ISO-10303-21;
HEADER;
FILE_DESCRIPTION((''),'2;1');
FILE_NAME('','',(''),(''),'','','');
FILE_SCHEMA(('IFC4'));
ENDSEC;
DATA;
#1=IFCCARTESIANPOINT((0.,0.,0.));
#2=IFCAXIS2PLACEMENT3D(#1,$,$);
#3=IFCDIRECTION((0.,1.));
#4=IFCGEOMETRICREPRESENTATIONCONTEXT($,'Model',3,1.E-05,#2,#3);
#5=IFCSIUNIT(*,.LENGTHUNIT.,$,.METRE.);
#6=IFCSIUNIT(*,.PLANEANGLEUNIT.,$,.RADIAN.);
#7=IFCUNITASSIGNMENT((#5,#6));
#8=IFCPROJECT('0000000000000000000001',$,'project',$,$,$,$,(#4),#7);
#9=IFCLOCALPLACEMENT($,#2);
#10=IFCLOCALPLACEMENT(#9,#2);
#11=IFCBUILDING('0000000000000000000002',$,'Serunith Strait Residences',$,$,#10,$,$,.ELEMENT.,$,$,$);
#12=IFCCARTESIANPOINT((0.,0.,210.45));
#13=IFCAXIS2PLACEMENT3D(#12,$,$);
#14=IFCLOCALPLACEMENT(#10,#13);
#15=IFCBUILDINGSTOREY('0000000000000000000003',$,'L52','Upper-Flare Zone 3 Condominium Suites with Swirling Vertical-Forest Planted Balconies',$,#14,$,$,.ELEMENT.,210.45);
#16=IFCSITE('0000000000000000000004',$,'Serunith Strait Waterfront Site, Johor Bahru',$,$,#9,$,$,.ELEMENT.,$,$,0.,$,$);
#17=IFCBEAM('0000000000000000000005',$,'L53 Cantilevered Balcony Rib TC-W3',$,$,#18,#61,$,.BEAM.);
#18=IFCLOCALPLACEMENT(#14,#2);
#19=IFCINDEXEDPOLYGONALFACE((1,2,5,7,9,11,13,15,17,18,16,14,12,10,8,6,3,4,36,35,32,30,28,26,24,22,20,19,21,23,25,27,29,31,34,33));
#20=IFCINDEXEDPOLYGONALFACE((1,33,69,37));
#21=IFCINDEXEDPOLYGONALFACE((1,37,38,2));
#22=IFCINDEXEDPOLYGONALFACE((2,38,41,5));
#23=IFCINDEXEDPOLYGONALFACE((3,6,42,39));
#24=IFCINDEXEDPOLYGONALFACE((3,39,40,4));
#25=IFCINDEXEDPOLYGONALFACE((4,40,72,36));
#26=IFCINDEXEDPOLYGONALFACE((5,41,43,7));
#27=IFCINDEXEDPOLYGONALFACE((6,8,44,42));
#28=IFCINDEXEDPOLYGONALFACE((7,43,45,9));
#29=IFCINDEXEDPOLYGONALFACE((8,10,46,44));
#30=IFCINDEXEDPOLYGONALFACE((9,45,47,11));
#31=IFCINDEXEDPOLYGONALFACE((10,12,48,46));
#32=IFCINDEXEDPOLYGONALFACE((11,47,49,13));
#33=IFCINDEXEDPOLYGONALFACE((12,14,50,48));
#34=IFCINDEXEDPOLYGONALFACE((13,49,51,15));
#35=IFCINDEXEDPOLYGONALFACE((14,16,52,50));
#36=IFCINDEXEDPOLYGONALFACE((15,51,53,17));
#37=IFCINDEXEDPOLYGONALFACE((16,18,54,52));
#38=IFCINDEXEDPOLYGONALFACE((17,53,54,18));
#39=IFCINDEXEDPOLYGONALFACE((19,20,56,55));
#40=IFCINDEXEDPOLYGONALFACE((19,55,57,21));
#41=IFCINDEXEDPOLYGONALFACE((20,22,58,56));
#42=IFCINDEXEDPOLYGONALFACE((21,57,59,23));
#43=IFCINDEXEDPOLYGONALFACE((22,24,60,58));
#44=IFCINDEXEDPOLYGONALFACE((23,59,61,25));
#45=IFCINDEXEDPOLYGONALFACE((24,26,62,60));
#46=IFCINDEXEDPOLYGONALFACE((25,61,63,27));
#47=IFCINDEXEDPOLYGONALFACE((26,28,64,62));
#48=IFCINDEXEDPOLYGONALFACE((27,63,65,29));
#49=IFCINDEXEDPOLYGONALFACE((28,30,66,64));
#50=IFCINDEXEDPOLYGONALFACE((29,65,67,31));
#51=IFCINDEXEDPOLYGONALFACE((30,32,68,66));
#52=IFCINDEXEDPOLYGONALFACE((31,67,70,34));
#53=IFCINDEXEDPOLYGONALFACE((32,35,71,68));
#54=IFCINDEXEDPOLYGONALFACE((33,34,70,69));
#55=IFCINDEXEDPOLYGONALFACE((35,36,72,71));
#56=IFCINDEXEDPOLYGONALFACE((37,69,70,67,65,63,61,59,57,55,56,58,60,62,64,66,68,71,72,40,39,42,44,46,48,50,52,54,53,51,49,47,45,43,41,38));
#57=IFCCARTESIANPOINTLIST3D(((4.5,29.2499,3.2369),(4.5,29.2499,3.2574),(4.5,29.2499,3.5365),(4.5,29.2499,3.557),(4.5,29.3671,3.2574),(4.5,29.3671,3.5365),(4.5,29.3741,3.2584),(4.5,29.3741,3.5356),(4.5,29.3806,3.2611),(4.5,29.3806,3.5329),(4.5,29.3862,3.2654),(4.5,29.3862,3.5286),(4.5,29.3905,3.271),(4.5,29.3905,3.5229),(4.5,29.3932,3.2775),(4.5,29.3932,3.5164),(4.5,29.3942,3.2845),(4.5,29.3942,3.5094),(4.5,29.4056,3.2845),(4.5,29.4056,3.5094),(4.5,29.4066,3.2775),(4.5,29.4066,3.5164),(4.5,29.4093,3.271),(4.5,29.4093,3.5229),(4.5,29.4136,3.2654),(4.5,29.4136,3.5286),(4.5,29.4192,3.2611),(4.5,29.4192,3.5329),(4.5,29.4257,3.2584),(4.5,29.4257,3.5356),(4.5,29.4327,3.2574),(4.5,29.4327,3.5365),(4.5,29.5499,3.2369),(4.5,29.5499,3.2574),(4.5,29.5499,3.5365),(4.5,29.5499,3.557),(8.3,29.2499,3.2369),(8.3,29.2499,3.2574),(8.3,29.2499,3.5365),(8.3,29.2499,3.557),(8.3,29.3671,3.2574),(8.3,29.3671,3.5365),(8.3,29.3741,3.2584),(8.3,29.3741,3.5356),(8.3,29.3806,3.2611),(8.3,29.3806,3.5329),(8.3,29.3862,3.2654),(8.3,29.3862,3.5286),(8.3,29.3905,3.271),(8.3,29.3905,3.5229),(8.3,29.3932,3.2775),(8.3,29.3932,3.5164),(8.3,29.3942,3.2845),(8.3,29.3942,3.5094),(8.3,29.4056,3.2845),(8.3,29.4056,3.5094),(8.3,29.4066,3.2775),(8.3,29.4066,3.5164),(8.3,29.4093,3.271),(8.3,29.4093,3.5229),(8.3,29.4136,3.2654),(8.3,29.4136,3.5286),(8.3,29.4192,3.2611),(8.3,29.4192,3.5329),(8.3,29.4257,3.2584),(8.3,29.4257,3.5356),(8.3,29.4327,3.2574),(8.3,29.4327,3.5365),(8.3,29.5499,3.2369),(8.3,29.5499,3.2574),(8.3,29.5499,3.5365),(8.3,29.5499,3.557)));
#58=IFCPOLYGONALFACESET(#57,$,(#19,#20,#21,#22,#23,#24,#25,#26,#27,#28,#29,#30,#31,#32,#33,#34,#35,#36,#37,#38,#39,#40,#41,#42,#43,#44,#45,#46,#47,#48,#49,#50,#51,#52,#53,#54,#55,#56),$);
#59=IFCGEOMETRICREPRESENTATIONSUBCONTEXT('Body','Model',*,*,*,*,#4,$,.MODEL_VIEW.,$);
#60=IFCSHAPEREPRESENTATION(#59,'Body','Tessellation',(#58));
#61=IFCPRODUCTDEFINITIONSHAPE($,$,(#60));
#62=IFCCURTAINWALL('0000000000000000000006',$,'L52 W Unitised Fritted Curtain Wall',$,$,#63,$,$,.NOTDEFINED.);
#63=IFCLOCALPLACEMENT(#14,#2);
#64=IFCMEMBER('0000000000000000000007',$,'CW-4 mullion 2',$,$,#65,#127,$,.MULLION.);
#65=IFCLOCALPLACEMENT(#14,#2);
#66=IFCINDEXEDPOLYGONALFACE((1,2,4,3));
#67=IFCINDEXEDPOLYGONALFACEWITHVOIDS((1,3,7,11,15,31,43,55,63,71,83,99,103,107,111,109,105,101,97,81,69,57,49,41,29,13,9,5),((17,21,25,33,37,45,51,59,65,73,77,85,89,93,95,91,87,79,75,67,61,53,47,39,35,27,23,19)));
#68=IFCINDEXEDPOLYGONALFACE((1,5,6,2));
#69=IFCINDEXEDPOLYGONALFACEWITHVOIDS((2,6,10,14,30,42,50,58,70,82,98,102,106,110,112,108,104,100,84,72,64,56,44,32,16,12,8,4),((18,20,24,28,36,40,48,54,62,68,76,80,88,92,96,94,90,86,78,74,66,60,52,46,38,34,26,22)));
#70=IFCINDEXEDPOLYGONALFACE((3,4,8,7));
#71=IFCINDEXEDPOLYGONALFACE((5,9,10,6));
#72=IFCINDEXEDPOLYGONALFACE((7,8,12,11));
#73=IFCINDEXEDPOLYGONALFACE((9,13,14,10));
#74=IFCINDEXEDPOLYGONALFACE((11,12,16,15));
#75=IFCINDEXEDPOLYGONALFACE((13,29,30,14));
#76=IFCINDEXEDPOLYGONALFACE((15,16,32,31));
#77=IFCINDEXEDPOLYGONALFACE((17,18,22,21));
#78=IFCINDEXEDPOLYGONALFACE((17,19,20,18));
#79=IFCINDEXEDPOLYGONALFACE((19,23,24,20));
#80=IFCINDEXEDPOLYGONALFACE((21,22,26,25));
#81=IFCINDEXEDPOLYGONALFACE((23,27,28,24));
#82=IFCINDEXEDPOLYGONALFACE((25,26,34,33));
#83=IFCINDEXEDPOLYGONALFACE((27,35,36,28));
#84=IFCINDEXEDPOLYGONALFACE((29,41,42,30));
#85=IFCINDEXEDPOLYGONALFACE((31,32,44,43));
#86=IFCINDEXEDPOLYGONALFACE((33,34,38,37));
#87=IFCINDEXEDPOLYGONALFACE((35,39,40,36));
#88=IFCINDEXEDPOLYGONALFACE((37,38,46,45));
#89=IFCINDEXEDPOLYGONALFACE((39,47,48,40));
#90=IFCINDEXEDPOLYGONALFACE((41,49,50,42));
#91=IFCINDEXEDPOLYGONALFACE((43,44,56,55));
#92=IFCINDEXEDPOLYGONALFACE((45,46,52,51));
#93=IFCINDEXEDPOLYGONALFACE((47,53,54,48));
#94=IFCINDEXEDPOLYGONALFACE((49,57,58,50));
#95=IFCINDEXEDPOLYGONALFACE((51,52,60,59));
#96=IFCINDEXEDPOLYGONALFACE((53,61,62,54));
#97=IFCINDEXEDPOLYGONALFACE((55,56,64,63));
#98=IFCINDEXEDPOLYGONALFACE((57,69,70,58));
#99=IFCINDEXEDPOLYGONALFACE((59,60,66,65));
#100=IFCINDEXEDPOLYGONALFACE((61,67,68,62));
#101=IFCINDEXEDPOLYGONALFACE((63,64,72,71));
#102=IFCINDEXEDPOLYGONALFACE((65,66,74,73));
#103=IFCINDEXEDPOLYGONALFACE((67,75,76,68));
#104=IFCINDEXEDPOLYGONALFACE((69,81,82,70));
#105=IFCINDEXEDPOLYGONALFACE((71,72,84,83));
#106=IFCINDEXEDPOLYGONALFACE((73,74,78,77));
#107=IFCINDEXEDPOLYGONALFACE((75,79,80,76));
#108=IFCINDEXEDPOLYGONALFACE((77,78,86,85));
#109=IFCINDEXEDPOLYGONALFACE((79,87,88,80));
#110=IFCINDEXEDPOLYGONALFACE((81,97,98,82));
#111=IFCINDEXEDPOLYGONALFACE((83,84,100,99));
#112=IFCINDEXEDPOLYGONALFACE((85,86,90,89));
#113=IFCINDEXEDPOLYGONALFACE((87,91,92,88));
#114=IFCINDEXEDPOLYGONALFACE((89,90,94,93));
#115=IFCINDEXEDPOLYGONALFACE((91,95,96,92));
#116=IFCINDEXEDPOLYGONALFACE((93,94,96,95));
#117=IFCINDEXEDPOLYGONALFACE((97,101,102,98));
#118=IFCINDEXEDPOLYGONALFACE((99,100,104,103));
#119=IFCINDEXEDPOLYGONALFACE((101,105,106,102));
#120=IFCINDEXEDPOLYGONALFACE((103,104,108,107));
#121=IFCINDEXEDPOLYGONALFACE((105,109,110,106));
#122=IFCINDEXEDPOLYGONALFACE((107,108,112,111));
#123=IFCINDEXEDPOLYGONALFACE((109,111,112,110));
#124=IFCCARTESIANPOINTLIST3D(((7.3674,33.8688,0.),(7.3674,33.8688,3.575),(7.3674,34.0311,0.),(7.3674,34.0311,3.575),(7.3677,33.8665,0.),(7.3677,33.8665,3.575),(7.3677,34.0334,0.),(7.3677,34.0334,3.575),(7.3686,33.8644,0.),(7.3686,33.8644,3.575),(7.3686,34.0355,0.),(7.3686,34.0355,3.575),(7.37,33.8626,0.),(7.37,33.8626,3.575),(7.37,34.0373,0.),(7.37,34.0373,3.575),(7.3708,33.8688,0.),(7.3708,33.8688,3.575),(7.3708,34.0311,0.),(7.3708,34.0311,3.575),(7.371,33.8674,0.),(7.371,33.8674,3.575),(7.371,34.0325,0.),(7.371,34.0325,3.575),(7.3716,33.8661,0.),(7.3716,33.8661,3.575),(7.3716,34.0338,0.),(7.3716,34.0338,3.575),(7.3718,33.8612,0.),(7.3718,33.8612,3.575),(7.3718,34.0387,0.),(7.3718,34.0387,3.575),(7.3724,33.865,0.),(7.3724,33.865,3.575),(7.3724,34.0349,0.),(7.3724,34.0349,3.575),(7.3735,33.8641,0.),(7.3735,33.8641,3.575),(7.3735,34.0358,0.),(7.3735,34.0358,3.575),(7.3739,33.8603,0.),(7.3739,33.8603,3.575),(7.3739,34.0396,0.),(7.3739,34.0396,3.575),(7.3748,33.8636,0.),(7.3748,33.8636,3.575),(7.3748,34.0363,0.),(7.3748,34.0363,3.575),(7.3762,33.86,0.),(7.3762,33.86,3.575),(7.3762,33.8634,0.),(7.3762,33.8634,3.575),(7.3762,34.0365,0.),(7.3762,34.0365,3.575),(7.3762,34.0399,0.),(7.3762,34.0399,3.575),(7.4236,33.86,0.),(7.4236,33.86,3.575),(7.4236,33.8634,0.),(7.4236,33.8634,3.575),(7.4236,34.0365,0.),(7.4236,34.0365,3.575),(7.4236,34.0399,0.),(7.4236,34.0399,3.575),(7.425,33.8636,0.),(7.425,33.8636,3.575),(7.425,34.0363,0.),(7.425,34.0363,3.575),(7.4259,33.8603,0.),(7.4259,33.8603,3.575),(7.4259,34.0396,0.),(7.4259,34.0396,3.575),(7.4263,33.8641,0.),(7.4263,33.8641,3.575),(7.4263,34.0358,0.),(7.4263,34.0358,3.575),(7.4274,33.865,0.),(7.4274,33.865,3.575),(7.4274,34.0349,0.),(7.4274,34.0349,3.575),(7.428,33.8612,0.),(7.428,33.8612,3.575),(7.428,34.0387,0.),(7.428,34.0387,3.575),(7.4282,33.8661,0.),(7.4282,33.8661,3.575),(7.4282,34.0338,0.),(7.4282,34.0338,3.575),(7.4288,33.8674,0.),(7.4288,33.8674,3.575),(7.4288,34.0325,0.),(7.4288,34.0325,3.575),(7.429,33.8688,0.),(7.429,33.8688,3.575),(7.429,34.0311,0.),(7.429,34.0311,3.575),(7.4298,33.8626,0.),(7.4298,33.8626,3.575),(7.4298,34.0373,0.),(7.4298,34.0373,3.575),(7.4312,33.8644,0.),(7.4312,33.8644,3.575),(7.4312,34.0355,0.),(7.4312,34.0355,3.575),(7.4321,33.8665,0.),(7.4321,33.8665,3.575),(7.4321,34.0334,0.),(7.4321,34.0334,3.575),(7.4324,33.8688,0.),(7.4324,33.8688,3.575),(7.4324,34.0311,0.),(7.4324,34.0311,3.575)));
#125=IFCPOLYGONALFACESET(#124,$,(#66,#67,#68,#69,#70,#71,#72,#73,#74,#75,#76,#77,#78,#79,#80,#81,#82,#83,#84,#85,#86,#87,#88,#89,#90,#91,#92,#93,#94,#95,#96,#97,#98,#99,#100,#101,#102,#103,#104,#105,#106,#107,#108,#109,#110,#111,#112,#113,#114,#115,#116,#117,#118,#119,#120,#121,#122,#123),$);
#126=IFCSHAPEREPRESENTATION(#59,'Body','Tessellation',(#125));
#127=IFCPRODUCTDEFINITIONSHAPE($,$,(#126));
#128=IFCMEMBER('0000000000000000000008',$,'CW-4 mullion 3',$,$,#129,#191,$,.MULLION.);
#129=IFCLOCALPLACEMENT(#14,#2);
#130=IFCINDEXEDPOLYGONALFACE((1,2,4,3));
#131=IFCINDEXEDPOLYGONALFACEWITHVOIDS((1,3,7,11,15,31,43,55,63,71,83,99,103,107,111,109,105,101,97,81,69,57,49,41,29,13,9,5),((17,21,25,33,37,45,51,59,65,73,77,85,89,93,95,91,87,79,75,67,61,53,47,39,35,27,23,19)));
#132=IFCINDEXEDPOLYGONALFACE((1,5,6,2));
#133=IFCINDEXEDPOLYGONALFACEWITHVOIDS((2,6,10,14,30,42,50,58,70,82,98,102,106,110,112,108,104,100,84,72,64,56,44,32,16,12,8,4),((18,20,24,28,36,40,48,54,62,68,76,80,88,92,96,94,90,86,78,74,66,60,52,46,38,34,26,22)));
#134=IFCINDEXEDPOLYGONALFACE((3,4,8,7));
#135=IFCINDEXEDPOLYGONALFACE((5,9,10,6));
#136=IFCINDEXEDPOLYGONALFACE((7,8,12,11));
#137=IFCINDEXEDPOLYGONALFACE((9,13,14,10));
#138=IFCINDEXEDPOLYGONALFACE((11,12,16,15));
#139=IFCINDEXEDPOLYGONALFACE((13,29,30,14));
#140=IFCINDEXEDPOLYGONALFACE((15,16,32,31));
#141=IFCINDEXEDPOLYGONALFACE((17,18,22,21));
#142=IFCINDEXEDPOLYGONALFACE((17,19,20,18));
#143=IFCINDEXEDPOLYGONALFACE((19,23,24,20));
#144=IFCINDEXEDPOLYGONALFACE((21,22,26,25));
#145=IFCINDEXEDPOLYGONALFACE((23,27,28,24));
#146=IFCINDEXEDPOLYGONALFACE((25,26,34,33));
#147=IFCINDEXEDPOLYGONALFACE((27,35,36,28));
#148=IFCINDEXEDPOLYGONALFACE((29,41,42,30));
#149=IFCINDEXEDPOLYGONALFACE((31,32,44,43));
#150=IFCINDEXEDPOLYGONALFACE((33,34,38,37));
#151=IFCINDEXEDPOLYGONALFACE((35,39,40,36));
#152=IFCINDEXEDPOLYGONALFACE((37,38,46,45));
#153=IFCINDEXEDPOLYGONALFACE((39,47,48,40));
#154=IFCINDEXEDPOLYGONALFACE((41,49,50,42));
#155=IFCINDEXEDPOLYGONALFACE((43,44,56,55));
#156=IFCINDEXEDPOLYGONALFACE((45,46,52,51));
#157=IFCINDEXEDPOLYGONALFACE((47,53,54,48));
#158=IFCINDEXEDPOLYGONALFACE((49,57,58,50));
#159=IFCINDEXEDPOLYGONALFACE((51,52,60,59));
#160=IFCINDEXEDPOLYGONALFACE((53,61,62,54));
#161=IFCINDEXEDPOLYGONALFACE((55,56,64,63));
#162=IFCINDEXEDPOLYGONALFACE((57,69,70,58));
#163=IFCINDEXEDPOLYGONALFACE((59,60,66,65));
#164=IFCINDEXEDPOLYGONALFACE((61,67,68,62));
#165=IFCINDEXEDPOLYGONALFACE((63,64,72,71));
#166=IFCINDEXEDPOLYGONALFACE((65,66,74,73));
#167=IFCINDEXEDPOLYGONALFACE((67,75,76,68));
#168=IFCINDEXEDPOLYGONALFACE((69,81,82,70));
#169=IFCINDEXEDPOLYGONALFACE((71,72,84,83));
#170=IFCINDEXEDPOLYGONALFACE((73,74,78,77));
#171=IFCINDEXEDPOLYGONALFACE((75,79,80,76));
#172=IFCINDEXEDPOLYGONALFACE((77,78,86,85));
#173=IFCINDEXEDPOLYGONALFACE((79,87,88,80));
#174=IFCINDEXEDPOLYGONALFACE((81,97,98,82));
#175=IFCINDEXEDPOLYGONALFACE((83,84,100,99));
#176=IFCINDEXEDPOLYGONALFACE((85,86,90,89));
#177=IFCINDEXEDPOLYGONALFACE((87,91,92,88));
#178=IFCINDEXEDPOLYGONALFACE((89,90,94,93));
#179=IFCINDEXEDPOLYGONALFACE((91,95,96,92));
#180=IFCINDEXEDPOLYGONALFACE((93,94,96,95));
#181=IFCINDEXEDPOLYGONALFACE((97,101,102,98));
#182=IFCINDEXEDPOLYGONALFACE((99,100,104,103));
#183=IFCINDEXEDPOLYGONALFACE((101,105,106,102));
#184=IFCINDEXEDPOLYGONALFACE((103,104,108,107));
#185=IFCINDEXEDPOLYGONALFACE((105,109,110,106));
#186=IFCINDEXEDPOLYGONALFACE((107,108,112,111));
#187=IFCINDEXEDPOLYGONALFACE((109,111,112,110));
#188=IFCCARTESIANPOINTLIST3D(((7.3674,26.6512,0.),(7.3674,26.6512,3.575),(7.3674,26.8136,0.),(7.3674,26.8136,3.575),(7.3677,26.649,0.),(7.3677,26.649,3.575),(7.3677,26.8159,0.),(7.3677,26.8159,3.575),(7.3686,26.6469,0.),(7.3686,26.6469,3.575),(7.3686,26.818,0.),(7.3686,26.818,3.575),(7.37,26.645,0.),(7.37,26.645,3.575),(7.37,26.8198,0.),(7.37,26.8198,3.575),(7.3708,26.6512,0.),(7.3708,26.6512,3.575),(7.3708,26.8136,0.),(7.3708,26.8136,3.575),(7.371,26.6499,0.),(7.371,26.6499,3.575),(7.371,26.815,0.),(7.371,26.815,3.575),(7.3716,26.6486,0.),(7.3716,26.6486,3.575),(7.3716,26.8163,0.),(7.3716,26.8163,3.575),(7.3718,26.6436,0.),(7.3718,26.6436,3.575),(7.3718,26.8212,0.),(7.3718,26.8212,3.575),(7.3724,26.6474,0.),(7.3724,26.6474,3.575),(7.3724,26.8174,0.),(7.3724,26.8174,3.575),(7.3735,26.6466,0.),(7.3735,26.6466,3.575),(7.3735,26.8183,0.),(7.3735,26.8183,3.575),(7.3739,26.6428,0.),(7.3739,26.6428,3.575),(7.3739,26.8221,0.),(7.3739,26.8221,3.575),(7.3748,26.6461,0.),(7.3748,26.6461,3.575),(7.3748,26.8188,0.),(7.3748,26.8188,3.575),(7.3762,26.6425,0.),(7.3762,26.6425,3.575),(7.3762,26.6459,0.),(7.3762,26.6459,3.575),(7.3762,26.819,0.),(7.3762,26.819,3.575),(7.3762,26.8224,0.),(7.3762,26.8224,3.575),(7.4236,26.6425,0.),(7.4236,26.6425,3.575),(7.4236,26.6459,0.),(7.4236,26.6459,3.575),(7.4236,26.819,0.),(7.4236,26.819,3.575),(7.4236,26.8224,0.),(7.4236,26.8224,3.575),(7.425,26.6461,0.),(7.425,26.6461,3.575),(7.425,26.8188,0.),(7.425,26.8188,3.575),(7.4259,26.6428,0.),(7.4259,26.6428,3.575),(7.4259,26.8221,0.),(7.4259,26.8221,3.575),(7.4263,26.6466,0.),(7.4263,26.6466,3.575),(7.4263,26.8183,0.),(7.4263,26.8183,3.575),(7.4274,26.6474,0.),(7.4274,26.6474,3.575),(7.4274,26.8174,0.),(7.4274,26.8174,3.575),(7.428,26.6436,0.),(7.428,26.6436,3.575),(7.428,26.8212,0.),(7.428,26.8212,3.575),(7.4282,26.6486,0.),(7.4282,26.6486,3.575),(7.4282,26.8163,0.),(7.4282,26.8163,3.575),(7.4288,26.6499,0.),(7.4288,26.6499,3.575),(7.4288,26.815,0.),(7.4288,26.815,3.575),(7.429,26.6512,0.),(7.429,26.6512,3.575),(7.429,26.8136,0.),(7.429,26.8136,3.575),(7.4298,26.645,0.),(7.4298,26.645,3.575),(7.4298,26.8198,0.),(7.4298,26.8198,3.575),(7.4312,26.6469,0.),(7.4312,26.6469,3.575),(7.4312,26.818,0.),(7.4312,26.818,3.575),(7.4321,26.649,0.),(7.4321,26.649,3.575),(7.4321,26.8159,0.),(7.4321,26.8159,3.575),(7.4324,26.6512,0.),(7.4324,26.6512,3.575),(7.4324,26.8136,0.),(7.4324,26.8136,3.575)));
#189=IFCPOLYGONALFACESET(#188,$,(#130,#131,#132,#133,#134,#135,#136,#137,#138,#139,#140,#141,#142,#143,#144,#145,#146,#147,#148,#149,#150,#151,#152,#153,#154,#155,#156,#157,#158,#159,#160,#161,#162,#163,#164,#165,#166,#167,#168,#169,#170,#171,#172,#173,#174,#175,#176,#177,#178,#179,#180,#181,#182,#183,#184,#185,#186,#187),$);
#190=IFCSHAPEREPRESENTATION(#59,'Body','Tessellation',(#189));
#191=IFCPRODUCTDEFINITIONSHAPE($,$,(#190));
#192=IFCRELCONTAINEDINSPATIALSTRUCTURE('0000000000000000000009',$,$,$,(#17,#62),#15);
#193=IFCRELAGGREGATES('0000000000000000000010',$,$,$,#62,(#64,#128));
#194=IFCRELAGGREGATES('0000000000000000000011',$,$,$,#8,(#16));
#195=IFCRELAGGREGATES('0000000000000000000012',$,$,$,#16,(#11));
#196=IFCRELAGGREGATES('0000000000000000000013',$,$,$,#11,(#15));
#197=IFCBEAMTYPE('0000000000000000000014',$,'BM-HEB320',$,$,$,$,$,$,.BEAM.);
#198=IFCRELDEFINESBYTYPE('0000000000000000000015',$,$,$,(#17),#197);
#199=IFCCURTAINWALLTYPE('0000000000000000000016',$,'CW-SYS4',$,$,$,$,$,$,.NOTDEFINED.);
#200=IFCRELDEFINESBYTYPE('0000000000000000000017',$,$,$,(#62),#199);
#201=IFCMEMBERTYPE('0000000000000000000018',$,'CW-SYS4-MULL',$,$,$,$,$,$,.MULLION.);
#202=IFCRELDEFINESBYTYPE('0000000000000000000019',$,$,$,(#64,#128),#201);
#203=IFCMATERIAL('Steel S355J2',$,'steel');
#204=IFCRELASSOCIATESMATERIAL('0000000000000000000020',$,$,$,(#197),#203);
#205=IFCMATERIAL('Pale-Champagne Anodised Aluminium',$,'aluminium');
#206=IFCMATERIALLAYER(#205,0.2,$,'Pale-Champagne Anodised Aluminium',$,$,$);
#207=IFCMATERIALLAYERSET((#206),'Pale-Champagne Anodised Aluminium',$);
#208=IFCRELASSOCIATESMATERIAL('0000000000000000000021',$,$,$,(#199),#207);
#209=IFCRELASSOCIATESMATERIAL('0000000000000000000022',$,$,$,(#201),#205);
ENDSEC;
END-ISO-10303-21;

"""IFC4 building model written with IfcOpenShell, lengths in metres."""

from ifc_helpers import new_model, si_unit, direction, frame, origin, origin_2d, place, context, subcontext, project, spatial, hollow_rectangle, i_section, extrude, source, transform, mapped, material, layer, layer_set, material_profile, profile_set, type_object, element, aggregate, save


model = new_model("IFC4")

# Units and contexts
model_context = context("Model", 3, precision=1e-05, world=origin(), true_north=direction((0.0, 1.0)))
body_context = subcontext(model_context, "Body", "Model", "MODEL_VIEW")
ifc_project = project(units=[si_unit("LENGTHUNIT", "METRE"), si_unit("PLANEANGLEUNIT", "RADIAN")], contexts=[model_context])

# Site, building, storey
site_placement = place(None, origin())
site = spatial("IfcSite", under=ifc_project, at=site_placement, Name="Serunith Strait Waterfront Site, Johor Bahru", CompositionType="ELEMENT", RefElevation=0.0)
building_placement = place(site_placement, origin())
building = spatial("IfcBuilding", under=site, at=building_placement, Name="Serunith Strait Residences", CompositionType="ELEMENT")
storey_placement = place(building_placement, frame((0.0, 0.0, 210.45)))
storey = spatial("IfcBuildingStorey", under=building, at=storey_placement, Name="L52", Description="Upper-Flare Zone 3 Condominium Suites with Swirling Vertical-Forest Planted Balconies", CompositionType="ELEMENT", Elevation=210.45)

# Beam
ifc_material_1 = material(Name="Steel S355J2", Category="steel")
ifc_material_profile_1 = material_profile(ifc_material_1, i_section(OverallWidth=0.3, OverallDepth=0.3201, WebThickness=0.0115, FlangeThickness=0.0205, FilletRadius=0.0271, at=origin_2d()), Name="HEB 320")
ifc_profile_set_1 = profile_set([ifc_material_profile_1], Name="Steel S355J2")
beam_type_1 = type_object("IfcBeamType", Name="BM-HEB320", PredefinedType="BEAM", material=ifc_profile_set_1)
shared_shape_1 = source(origin(), body_context, "Body", "SweptSolid", [
    extrude(i_section(OverallWidth=0.3, OverallDepth=0.3201, WebThickness=0.0115, FlangeThickness=0.0205, FilletRadius=0.0271, at=origin_2d()), origin(), (0.0, 0.0, 1.0), 3.8),
])
beam_1_placement = place(storey_placement, frame((8.3, 29.3999, 3.397), z_axis=(-1.0, 0.0, 0.0), x_axis=(0.0, -1.0, 0.0)))
element("IfcBeam", 1, at=beam_1_placement, inside=storey, type_object=beam_type_1, Name="L53 Cantilevered Balcony Rib TC-W3", PredefinedType="BEAM", context=body_context, shape_type="MappedRepresentation", body=[
    mapped(shared_shape_1, transform((0.0, 0.0, 0.0), scale=1.0)),
])

# Curtain wall, members
ifc_material_2 = material(Name="Pale-Champagne Anodised Aluminium", Category="aluminium")
ifc_layer_1 = layer(ifc_material_2, 0.2, Name="Pale-Champagne Anodised Aluminium")
ifc_layer_set_1 = layer_set([ifc_layer_1], Name="Pale-Champagne Anodised Aluminium")
curtain_wall_type = type_object("IfcCurtainWallType", Name="CW-SYS4", PredefinedType="NOTDEFINED", material=ifc_layer_set_1)
curtain_wall_placement = place(storey_placement, origin())
curtain_wall = element("IfcCurtainWall", 2, at=curtain_wall_placement, inside=storey, type_object=curtain_wall_type, Name="L52 W Unitised Fritted Curtain Wall", PredefinedType="NOTDEFINED")
ifc_material_profile_2 = material_profile(ifc_material_2, hollow_rectangle(XDim=0.0649, YDim=0.1799, WallThickness=0.0034, InnerFilletRadius=0.0054, OuterFilletRadius=0.0088, at=origin_2d()), Name="ALU 180x65x3.5")
ifc_profile_set_2 = profile_set([ifc_material_profile_2], Name="Pale-Champagne Anodised Aluminium")
member_type_1 = type_object("IfcMemberType", Name="CW-SYS4-MULL", PredefinedType="MULLION", material=ifc_profile_set_2)
shared_shape_2 = source(origin(), body_context, "Body", "SweptSolid", [
    extrude(hollow_rectangle(XDim=0.0649, YDim=0.1799, WallThickness=0.0034, InnerFilletRadius=0.0054, OuterFilletRadius=0.0088, at=origin_2d()), origin(), (0.0, 0.0, 1.0), 3.575),
])
member_1_placement = place(storey_placement, frame((7.3999, 33.95, 0.0), z_axis=(0.0, 0.0, 1.0), x_axis=(1.0, 0.0, 0.0)))
member_1 = element("IfcMember", 3, at=member_1_placement, type_object=member_type_1, Name="CW-4 mullion 2", PredefinedType="MULLION", context=body_context, shape_type="MappedRepresentation", body=[
    mapped(shared_shape_2, transform((0.0, 0.0, 0.0), scale=1.0)),
])
member_2_placement = place(storey_placement, frame((7.3999, 26.7324, 0.0), z_axis=(0.0, 0.0, 1.0), x_axis=(1.0, 0.0, 0.0)))
member_2 = element("IfcMember", 4, at=member_2_placement, type_object=member_type_1, Name="CW-4 mullion 3", PredefinedType="MULLION", context=body_context, shape_type="MappedRepresentation", body=[
    mapped(shared_shape_2, transform((0.0, 0.0, 0.0), scale=1.0)),
])
aggregate(curtain_wall, [member_1, member_2])

save(model, "model.ifc")
